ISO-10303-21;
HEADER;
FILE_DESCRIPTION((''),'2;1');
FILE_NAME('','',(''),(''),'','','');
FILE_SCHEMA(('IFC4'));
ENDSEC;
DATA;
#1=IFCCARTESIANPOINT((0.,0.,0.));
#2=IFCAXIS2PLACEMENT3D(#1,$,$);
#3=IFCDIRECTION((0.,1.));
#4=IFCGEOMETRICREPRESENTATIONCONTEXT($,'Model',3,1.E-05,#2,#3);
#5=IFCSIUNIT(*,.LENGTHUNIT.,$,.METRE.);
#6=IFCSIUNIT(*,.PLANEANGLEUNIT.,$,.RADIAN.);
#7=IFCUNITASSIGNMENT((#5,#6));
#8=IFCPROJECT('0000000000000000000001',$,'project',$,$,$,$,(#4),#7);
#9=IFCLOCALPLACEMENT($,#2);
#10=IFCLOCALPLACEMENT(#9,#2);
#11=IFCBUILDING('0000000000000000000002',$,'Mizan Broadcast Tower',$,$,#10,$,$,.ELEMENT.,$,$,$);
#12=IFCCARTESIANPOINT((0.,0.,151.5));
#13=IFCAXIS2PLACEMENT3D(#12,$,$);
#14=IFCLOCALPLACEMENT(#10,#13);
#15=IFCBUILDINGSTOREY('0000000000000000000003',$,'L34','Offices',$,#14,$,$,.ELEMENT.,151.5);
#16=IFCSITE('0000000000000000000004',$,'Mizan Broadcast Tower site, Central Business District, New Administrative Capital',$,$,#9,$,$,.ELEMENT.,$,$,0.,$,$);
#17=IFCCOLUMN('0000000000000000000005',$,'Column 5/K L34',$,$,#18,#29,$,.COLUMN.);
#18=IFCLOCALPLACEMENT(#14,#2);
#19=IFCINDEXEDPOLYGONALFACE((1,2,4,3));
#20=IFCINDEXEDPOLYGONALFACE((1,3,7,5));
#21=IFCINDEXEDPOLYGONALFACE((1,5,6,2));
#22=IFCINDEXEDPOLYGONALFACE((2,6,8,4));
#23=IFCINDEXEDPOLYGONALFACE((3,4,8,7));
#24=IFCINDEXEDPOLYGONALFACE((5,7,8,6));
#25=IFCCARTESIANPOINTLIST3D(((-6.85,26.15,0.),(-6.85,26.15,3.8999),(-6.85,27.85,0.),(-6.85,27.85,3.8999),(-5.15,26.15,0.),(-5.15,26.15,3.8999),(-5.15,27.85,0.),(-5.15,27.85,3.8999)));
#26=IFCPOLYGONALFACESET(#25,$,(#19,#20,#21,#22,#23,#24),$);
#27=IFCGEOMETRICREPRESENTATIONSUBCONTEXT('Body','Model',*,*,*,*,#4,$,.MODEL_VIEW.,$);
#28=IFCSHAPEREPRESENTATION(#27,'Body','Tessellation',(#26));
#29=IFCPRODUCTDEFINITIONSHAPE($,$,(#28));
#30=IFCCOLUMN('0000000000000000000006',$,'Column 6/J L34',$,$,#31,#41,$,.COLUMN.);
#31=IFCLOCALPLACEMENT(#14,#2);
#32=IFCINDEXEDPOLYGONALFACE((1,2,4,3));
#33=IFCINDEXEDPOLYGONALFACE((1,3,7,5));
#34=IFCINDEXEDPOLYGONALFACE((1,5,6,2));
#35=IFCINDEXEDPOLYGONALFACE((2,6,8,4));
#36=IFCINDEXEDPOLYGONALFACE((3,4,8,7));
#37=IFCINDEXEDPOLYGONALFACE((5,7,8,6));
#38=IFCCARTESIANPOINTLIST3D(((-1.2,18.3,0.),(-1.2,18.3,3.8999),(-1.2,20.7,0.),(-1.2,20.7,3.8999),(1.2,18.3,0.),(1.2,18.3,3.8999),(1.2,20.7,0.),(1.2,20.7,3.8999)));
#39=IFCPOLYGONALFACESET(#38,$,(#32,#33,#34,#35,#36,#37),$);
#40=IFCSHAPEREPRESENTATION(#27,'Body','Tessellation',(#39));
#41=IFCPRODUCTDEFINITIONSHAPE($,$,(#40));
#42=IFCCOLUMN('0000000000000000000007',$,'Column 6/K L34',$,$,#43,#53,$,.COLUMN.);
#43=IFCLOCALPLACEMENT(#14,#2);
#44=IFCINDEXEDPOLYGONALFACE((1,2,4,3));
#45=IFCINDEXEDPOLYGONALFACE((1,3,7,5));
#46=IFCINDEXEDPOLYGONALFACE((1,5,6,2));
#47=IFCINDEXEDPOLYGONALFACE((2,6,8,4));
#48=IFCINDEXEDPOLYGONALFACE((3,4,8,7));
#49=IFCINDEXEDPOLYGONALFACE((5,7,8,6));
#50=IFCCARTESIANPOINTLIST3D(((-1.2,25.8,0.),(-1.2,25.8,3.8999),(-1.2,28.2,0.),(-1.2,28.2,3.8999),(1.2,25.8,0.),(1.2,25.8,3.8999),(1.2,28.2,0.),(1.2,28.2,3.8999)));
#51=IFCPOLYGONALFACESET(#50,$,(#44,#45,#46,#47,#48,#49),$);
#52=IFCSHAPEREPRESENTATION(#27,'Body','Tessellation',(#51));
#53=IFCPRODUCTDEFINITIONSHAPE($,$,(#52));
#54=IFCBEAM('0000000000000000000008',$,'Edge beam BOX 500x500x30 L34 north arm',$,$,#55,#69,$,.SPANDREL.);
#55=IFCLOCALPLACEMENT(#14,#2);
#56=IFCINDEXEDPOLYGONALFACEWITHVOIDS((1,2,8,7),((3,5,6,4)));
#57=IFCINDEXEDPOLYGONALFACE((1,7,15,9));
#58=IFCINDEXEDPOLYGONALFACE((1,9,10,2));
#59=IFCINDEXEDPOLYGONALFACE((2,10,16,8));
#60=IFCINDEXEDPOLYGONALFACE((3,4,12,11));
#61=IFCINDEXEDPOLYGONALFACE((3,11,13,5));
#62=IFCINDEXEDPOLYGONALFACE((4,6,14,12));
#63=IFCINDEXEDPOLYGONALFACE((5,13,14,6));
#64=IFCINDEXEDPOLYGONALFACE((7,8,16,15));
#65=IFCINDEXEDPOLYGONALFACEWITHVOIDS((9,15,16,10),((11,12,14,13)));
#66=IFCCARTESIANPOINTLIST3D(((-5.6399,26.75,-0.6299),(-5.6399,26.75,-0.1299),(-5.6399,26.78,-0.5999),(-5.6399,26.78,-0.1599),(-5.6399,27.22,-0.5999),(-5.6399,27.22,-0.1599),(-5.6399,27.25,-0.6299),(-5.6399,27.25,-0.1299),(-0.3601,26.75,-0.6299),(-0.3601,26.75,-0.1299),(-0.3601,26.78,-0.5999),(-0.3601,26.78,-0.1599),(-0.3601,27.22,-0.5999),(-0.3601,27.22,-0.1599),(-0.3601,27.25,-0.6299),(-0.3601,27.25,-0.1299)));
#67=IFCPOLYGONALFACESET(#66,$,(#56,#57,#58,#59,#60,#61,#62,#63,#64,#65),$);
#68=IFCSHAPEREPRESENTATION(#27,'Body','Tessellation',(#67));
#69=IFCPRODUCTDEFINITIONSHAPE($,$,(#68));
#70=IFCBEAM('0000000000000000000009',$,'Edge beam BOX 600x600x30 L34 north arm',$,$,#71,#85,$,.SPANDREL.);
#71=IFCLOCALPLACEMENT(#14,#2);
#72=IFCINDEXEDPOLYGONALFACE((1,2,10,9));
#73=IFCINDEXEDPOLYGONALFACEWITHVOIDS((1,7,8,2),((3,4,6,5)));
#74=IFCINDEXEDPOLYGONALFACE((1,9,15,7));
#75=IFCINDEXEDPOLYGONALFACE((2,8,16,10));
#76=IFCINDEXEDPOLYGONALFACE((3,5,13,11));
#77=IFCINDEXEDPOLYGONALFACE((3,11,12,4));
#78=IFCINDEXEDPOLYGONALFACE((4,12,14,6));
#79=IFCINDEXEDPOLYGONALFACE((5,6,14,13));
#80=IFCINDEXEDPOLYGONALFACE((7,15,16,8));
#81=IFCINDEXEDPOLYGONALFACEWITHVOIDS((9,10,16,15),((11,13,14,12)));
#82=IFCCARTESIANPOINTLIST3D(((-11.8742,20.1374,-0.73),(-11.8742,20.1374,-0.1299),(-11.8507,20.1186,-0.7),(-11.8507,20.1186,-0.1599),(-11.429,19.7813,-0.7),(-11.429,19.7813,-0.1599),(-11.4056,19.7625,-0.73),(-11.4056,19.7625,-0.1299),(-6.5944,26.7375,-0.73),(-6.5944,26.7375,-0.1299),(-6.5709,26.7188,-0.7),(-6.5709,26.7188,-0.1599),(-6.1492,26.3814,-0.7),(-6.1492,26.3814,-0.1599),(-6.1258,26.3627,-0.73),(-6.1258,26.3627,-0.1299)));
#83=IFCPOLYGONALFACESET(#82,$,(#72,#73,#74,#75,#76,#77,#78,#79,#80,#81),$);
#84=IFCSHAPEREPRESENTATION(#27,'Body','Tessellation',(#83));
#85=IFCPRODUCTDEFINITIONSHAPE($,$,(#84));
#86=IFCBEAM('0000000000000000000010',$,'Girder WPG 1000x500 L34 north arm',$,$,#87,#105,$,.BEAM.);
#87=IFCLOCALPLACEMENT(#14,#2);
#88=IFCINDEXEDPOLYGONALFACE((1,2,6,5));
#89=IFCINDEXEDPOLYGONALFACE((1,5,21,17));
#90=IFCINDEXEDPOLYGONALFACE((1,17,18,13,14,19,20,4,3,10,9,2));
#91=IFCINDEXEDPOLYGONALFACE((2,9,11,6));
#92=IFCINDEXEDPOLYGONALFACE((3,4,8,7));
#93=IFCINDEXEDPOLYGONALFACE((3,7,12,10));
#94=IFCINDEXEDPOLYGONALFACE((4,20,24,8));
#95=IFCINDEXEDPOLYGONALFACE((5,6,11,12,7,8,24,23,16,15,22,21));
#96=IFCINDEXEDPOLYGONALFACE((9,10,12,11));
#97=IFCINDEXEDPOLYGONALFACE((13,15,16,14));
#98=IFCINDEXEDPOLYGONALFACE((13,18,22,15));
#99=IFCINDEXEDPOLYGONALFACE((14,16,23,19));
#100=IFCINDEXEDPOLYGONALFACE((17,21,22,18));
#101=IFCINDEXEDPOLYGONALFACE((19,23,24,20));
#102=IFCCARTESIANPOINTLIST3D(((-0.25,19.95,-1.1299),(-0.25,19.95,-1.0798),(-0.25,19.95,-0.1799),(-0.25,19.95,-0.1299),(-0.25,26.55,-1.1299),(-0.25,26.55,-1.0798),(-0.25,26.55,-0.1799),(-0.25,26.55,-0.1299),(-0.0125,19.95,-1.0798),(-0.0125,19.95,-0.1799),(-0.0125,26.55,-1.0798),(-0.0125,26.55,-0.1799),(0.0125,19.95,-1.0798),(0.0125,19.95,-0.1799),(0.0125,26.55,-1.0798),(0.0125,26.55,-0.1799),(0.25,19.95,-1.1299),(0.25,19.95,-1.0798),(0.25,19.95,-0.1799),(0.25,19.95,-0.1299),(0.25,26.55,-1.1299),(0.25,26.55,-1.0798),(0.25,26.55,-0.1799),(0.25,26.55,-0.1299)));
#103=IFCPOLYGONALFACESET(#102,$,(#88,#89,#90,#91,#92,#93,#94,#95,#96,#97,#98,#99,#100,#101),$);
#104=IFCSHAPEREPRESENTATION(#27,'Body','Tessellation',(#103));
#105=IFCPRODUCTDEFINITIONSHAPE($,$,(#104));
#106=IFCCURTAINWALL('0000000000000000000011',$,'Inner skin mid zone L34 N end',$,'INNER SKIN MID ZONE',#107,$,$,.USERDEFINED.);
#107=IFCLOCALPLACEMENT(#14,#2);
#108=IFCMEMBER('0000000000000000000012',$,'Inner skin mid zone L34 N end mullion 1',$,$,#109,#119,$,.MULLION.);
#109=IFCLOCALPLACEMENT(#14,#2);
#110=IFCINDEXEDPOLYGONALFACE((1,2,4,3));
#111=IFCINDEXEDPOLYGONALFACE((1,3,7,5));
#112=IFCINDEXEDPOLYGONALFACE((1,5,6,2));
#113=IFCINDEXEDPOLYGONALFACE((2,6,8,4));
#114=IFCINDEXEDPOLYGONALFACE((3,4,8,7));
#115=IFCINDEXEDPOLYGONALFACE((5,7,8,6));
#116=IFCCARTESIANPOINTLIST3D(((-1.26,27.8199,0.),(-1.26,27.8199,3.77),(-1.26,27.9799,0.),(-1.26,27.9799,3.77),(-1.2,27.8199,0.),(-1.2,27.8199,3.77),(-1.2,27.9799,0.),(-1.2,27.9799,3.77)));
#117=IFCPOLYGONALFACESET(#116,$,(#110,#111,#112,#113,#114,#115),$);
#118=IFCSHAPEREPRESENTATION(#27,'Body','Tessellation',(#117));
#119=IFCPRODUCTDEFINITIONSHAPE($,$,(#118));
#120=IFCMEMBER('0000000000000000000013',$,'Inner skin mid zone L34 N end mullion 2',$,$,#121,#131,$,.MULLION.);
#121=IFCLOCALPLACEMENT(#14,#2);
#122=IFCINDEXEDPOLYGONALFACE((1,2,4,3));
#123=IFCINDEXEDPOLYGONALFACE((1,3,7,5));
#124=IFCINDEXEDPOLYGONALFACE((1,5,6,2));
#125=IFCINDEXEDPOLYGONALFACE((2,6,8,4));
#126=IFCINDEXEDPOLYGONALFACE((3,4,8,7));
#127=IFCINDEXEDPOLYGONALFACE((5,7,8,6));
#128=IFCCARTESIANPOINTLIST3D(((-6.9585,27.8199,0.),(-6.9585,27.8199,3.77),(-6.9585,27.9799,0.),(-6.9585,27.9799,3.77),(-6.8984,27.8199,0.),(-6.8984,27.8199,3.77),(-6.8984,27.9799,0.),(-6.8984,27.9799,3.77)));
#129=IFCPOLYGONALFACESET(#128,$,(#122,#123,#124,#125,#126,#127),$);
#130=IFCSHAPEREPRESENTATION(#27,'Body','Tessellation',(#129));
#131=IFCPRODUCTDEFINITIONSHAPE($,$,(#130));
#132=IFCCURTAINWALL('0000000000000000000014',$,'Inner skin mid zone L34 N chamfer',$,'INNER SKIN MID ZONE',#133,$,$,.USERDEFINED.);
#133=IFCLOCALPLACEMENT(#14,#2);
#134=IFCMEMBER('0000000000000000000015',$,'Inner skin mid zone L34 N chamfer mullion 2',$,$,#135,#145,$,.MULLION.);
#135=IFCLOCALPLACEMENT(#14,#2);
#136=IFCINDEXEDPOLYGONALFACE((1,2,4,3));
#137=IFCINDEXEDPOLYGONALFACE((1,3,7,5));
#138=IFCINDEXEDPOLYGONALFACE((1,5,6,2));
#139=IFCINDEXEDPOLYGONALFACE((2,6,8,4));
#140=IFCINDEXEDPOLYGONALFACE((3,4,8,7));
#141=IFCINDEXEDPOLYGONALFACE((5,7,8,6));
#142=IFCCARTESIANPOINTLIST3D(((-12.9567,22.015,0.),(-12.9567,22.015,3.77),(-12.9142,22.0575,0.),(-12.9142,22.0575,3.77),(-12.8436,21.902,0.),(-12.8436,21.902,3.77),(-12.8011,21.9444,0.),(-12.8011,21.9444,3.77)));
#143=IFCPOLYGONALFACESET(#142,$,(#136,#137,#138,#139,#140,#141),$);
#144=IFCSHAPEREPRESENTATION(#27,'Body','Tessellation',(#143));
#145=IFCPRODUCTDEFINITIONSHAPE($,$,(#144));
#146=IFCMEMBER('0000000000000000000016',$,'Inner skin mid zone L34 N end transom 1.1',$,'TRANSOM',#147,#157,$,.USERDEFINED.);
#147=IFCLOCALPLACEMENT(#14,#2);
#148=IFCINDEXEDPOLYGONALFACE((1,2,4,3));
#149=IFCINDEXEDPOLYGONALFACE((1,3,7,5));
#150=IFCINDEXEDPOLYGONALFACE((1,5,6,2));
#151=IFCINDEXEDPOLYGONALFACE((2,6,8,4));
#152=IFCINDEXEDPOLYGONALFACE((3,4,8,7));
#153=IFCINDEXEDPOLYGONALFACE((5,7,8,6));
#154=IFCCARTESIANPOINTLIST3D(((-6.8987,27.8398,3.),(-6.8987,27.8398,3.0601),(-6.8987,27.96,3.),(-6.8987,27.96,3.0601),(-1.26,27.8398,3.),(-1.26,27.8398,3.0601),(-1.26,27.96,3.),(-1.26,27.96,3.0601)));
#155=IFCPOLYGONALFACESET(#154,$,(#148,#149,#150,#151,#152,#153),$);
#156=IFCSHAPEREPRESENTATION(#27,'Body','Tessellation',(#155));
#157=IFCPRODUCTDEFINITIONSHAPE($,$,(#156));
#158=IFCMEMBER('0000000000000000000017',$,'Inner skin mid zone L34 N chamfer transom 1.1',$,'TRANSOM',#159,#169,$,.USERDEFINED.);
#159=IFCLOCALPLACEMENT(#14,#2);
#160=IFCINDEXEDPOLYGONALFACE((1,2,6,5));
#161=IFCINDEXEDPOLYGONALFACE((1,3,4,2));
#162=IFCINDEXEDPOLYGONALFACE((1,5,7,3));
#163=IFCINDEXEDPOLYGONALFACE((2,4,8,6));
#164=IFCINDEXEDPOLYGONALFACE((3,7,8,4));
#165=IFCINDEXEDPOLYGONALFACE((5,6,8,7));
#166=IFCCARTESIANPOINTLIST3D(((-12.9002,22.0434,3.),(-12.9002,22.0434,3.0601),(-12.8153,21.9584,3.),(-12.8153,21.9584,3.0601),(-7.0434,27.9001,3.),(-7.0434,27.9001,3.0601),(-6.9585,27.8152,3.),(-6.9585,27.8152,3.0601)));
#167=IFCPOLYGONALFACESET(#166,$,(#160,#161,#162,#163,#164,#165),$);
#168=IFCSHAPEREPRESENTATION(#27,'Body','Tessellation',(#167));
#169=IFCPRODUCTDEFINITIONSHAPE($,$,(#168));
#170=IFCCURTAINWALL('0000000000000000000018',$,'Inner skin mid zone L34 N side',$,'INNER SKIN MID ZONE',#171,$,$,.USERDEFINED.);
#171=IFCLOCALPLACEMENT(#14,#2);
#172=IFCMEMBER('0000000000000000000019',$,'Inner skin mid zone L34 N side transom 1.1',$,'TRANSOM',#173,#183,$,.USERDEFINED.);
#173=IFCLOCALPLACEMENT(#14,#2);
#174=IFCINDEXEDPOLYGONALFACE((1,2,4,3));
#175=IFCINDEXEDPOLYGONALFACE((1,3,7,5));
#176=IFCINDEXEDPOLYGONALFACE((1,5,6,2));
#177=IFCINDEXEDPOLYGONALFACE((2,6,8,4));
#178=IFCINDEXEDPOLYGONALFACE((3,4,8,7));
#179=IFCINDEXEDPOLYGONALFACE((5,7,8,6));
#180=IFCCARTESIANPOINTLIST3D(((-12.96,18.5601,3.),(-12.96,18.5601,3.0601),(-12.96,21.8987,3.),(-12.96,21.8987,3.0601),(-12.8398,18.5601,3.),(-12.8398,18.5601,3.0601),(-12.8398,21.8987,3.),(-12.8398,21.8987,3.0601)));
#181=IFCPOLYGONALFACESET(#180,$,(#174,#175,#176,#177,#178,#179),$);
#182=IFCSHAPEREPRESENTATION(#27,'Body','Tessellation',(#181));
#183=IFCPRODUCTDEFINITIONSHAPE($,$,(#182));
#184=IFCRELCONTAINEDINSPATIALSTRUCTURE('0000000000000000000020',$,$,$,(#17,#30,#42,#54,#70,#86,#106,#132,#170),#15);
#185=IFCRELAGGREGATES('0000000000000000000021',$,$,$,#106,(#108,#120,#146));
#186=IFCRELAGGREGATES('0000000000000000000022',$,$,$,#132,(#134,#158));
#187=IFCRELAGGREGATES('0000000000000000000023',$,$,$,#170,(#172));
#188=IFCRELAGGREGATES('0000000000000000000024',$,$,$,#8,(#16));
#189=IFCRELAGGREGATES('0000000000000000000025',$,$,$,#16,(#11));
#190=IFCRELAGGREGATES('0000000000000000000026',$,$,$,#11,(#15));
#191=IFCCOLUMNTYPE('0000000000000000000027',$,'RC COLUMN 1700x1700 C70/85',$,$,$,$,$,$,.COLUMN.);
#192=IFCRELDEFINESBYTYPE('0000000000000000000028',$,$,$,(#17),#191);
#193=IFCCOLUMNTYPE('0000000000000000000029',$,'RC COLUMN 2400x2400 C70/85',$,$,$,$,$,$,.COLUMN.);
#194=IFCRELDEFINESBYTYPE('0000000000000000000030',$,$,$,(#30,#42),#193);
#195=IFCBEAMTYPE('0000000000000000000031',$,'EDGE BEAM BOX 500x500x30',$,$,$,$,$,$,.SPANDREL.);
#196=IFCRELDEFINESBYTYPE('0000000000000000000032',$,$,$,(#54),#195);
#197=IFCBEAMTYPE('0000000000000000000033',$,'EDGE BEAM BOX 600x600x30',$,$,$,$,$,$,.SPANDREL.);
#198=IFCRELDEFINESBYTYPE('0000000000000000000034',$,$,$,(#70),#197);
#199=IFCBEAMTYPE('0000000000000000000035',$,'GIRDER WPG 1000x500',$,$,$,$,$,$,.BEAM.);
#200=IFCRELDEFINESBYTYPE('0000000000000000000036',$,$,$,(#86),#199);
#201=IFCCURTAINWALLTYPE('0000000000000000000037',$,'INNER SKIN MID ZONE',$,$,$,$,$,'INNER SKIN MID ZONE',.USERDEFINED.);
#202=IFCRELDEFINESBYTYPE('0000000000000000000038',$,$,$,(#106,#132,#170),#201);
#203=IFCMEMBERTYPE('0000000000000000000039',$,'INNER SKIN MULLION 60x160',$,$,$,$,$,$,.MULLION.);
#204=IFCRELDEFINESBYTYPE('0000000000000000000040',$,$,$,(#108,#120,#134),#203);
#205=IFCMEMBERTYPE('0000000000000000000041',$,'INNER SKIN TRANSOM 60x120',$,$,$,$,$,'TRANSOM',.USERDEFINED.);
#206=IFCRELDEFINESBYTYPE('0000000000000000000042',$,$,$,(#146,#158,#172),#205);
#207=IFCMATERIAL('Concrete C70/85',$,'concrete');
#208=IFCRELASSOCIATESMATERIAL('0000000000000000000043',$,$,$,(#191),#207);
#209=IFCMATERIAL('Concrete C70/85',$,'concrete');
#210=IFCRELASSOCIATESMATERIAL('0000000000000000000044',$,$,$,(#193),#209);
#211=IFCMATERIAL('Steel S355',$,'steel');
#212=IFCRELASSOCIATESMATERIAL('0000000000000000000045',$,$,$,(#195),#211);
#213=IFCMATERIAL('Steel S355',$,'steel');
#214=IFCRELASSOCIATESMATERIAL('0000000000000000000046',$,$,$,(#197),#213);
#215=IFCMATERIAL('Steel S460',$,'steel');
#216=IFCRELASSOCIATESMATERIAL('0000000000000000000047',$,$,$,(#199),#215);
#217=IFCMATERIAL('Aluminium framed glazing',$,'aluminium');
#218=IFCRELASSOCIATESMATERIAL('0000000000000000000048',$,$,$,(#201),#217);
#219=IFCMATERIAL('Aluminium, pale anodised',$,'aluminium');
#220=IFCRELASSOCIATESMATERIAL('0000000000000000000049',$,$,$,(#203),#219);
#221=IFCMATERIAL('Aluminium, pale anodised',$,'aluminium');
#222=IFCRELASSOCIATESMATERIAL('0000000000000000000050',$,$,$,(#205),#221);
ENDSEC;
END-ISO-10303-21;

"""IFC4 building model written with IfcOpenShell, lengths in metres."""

from ifc_helpers import new_model, si_unit, direction, frame, origin, origin_2d, place, context, subcontext, project, spatial, rectangle, hollow_rectangle, i_section, extrude, material, material_profile, profile_set, type_object, element, aggregate, save


model = new_model("IFC4")

# Units and contexts
model_context = context("Model", 3, precision=1e-05, world=origin(), true_north=direction((0.0, 1.0)))
body_context = subcontext(model_context, "Body", "Model", "MODEL_VIEW")
ifc_project = project(units=[si_unit("LENGTHUNIT", "METRE"), si_unit("PLANEANGLEUNIT", "RADIAN")], contexts=[model_context])

# Site, building, storey
site_placement = place(None, origin())
site = spatial("IfcSite", under=ifc_project, at=site_placement, Name="Mizan Broadcast Tower site, Central Business District, New Administrative Capital", CompositionType="ELEMENT", RefElevation=0.0)
building_placement = place(site_placement, origin())
building = spatial("IfcBuilding", under=site, at=building_placement, Name="Mizan Broadcast Tower", CompositionType="ELEMENT")
storey_placement = place(building_placement, frame((0.0, 0.0, 151.5)))
storey = spatial("IfcBuildingStorey", under=building, at=storey_placement, Name="L34", Description="Offices", CompositionType="ELEMENT", Elevation=151.5)

# Columns
ifc_material_1 = material(Name="Concrete C70/85", Category="concrete")
ifc_material_profile_1 = material_profile(ifc_material_1, rectangle(XDim=1.7, YDim=1.7, at=origin_2d()), Name="RC 1700x1700")
ifc_profile_set_1 = profile_set([ifc_material_profile_1], Name="Concrete C70/85")
column_type_1 = type_object("IfcColumnType", Name="RC COLUMN 1700x1700 C70/85", PredefinedType="COLUMN", material=ifc_profile_set_1)
column_placement = place(storey_placement, frame((-6.0, 27.0, 0.0), z_axis=(0.0, 0.0, 1.0), x_axis=(1.0, 0.0, 0.0)))
element("IfcColumn", 1, at=column_placement, inside=storey, type_object=column_type_1, Name="Column 5/K L34", PredefinedType="COLUMN", context=body_context, shape_type="SweptSolid", body=[
    extrude(rectangle(XDim=1.7, YDim=1.7, at=origin_2d()), origin(), (0.0, 0.0, 1.0), 3.8999),
])
ifc_material_2 = material(Name="Concrete C70/85", Category="concrete")
ifc_material_profile_2 = material_profile(ifc_material_2, rectangle(XDim=2.3999, YDim=2.3999, at=origin_2d()), Name="RC 2400x2400")
ifc_profile_set_2 = profile_set([ifc_material_profile_2], Name="Concrete C70/85")
column_type_2 = type_object("IfcColumnType", Name="RC COLUMN 2400x2400 C70/85", PredefinedType="COLUMN", material=ifc_profile_set_2)
for number, where, z_axis, x_axis, name in (
    (2, (0.0, 19.5, 0.0), (0.0, 0.0, 1.0), (1.0, 0.0, 0.0), "Column 6/J L34"),
    (3, (0.0, 27.0, 0.0), (0.0, 0.0, 1.0), (1.0, 0.0, 0.0), "Column 6/K L34"),
):
    element("IfcColumn", number, at=place(storey_placement, frame(where, z_axis=z_axis, x_axis=x_axis)), inside=storey, type_object=column_type_2, Name=name, PredefinedType="COLUMN", context=body_context, shape_type="SweptSolid", body=[
        extrude(rectangle(XDim=2.3999, YDim=2.3999, at=origin_2d()), origin(), (0.0, 0.0, 1.0), 3.8999),
    ])

# Beams
ifc_material_3 = material(Name="Steel S355", Category="steel")
ifc_material_profile_3 = material_profile(ifc_material_3, hollow_rectangle(XDim=0.5, YDim=0.5, WallThickness=0.03, at=origin_2d()), Name="BOX 500x500x30")
ifc_profile_set_3 = profile_set([ifc_material_profile_3], Name="Steel S355")
beam_type_1 = type_object("IfcBeamType", Name="EDGE BEAM BOX 500x500x30", PredefinedType="SPANDREL", material=ifc_profile_set_3)
beam_1_placement = place(storey_placement, frame((-5.6399, 27.0, -0.3799), z_axis=(1.0, 0.0, 0.0), x_axis=(0.0, 1.0, 0.0)))
element("IfcBeam", 4, at=beam_1_placement, inside=storey, type_object=beam_type_1, Name="Edge beam BOX 500x500x30 L34 north arm", PredefinedType="SPANDREL", context=body_context, shape_type="SweptSolid", body=[
    extrude(hollow_rectangle(XDim=0.5, YDim=0.5, WallThickness=0.03, at=origin_2d()), origin(), (0.0, 0.0, 1.0), 5.2798),
])
ifc_material_4 = material(Name="Steel S355", Category="steel")
ifc_material_profile_4 = material_profile(ifc_material_4, hollow_rectangle(XDim=0.6001, YDim=0.6001, WallThickness=0.03, at=origin_2d()), Name="BOX 600x600x30")
ifc_profile_set_4 = profile_set([ifc_material_profile_4], Name="Steel S355")
beam_type_2 = type_object("IfcBeamType", Name="EDGE BEAM BOX 600x600x30", PredefinedType="SPANDREL", material=ifc_profile_set_4)
beam_2_placement = place(storey_placement, frame((-11.6399, 19.95, -0.4299), z_axis=(0.624674, 0.780886, 0.0), x_axis=(-0.780886, 0.624674, 0.0)))
element("IfcBeam", 5, at=beam_2_placement, inside=storey, type_object=beam_type_2, Name="Edge beam BOX 600x600x30 L34 north arm", PredefinedType="SPANDREL", context=body_context, shape_type="SweptSolid", body=[
    extrude(hollow_rectangle(XDim=0.6001, YDim=0.6001, WallThickness=0.03, at=origin_2d()), origin(), (0.0, 0.0, 1.0), 8.4521),
])
ifc_material_5 = material(Name="Steel S460", Category="steel")
ifc_material_profile_5 = material_profile(ifc_material_5, i_section(OverallWidth=0.5, OverallDepth=1.0, WebThickness=0.0249, FlangeThickness=0.05, at=origin_2d()), Name="WPG 1000x500")
ifc_profile_set_5 = profile_set([ifc_material_profile_5], Name="Steel S460")
beam_type_3 = type_object("IfcBeamType", Name="GIRDER WPG 1000x500", PredefinedType="BEAM", material=ifc_profile_set_5)
beam_3_placement = place(storey_placement, frame((0.0, 19.95, -0.6299), z_axis=(0.0, 1.0, 0.0), x_axis=(-1.0, 0.0, 0.0)))
element("IfcBeam", 6, at=beam_3_placement, inside=storey, type_object=beam_type_3, Name="Girder WPG 1000x500 L34 north arm", PredefinedType="BEAM", context=body_context, shape_type="SweptSolid", body=[
    extrude(i_section(OverallWidth=0.5, OverallDepth=1.0, WebThickness=0.0249, FlangeThickness=0.05, at=origin_2d()), origin(), (0.0, 0.0, 1.0), 6.6001),
])

# Curtain wall, members
ifc_material_6 = material(Name="Aluminium framed glazing", Category="aluminium")
curtain_wall_type_1 = type_object("IfcCurtainWallType", Name="INNER SKIN MID ZONE", ElementType="INNER SKIN MID ZONE", PredefinedType="USERDEFINED", material=ifc_material_6)
curtain_wall_1_placement = place(storey_placement, origin())
curtain_wall_1 = element("IfcCurtainWall", 7, at=curtain_wall_1_placement, inside=storey, type_object=curtain_wall_type_1, Name="Inner skin mid zone L34 N end", ObjectType="INNER SKIN MID ZONE", PredefinedType="USERDEFINED")
ifc_material_7 = material(Name="Aluminium, pale anodised", Category="aluminium")
ifc_material_profile_6 = material_profile(ifc_material_7, rectangle(XDim=0.1599, YDim=0.0601, at=origin_2d()), Name="MULLION 160x60")
ifc_profile_set_6 = profile_set([ifc_material_profile_6], Name="Aluminium, pale anodised")
member_type_1 = type_object("IfcMemberType", Name="INNER SKIN MULLION 60x160", PredefinedType="MULLION", material=ifc_profile_set_6)
member_1_placement = place(storey_placement, frame((-1.23, 27.8999, 0.0), z_axis=(0.0, 0.0, 1.0), x_axis=(0.0, -1.0, 0.0)))
member_1 = element("IfcMember", 8, at=member_1_placement, type_object=member_type_1, Name="Inner skin mid zone L34 N end mullion 1", PredefinedType="MULLION", context=body_context, shape_type="SweptSolid", body=[
    extrude(rectangle(XDim=0.1599, YDim=0.0601, at=origin_2d()), origin(), (0.0, 0.0, 1.0), 3.77),
])
member_2_placement = place(storey_placement, frame((-6.9285, 27.8999, 0.0), z_axis=(0.0, 0.0, 1.0), x_axis=(0.0, -1.0, 0.0)))
member_2 = element("IfcMember", 9, at=member_2_placement, type_object=member_type_1, Name="Inner skin mid zone L34 N end mullion 2", PredefinedType="MULLION", context=body_context, shape_type="SweptSolid", body=[
    extrude(rectangle(XDim=0.1599, YDim=0.0601, at=origin_2d()), origin(), (0.0, 0.0, 1.0), 3.77),
])

# Curtain wall, member
curtain_wall_2_placement = place(storey_placement, origin())
curtain_wall_2 = element("IfcCurtainWall", 10, at=curtain_wall_2_placement, inside=storey, type_object=curtain_wall_type_1, Name="Inner skin mid zone L34 N chamfer", ObjectType="INNER SKIN MID ZONE", PredefinedType="USERDEFINED")
member_3_placement = place(storey_placement, frame((-12.8789, 21.9797, 0.0), z_axis=(0.0, 0.0, 1.0), x_axis=(0.707107, -0.707107, 0.0)))
member_3 = element("IfcMember", 11, at=member_3_placement, type_object=member_type_1, Name="Inner skin mid zone L34 N chamfer mullion 2", PredefinedType="MULLION", context=body_context, shape_type="SweptSolid", body=[
    extrude(rectangle(XDim=0.1599, YDim=0.0601, at=origin_2d()), origin(), (0.0, 0.0, 1.0), 3.77),
])

# Members
ifc_material_8 = material(Name="Aluminium, pale anodised", Category="aluminium")
ifc_material_profile_7 = material_profile(ifc_material_8, rectangle(XDim=0.1201, YDim=0.0601, at=origin_2d()), Name="TRANSOM 120x60")
ifc_profile_set_7 = profile_set([ifc_material_profile_7], Name="Aluminium, pale anodised")
member_type_2 = type_object("IfcMemberType", Name="INNER SKIN TRANSOM 60x120", ElementType="TRANSOM", PredefinedType="USERDEFINED", material=ifc_profile_set_7)
member_4_placement = place(storey_placement, frame((-1.26, 27.8999, 3.03), z_axis=(-1.0, 0.0, 0.0), x_axis=(0.0, -1.0, 0.0)))
member_4 = element("IfcMember", 12, at=member_4_placement, type_object=member_type_2, Name="Inner skin mid zone L34 N end transom 1.1", ObjectType="TRANSOM", PredefinedType="USERDEFINED", context=body_context, shape_type="SweptSolid", body=[
    extrude(rectangle(XDim=0.1201, YDim=0.0601, at=origin_2d()), origin(), (0.0, 0.0, 1.0), 5.6387),
])
member_5_placement = place(storey_placement, frame((-7.001, 27.8577, 3.03), z_axis=(-0.707107, -0.707107, 0.0), x_axis=(0.707107, -0.707107, 0.0)))
member_5 = element("IfcMember", 13, at=member_5_placement, type_object=member_type_2, Name="Inner skin mid zone L34 N chamfer transom 1.1", ObjectType="TRANSOM", PredefinedType="USERDEFINED", context=body_context, shape_type="SweptSolid", body=[
    extrude(rectangle(XDim=0.1201, YDim=0.0601, at=origin_2d()), origin(), (0.0, 0.0, 1.0), 8.2827),
])

# Curtain wall, member
curtain_wall_3_placement = place(storey_placement, origin())
curtain_wall_3 = element("IfcCurtainWall", 14, at=curtain_wall_3_placement, inside=storey, type_object=curtain_wall_type_1, Name="Inner skin mid zone L34 N side", ObjectType="INNER SKIN MID ZONE", PredefinedType="USERDEFINED")
member_6_placement = place(storey_placement, frame((-12.8999, 21.8987, 3.03), z_axis=(0.0, -1.0, 0.0), x_axis=(1.0, 0.0, 0.0)))
member_6 = element("IfcMember", 15, at=member_6_placement, type_object=member_type_2, Name="Inner skin mid zone L34 N side transom 1.1", ObjectType="TRANSOM", PredefinedType="USERDEFINED", context=body_context, shape_type="SweptSolid", body=[
    extrude(rectangle(XDim=0.1201, YDim=0.0601, at=origin_2d()), origin(), (0.0, 0.0, 1.0), 3.3386),
])

aggregate(curtain_wall_1, [member_1, member_2, member_4])
aggregate(curtain_wall_2, [member_3, member_5])
aggregate(curtain_wall_3, [member_6])

save(model, "model.ifc")
